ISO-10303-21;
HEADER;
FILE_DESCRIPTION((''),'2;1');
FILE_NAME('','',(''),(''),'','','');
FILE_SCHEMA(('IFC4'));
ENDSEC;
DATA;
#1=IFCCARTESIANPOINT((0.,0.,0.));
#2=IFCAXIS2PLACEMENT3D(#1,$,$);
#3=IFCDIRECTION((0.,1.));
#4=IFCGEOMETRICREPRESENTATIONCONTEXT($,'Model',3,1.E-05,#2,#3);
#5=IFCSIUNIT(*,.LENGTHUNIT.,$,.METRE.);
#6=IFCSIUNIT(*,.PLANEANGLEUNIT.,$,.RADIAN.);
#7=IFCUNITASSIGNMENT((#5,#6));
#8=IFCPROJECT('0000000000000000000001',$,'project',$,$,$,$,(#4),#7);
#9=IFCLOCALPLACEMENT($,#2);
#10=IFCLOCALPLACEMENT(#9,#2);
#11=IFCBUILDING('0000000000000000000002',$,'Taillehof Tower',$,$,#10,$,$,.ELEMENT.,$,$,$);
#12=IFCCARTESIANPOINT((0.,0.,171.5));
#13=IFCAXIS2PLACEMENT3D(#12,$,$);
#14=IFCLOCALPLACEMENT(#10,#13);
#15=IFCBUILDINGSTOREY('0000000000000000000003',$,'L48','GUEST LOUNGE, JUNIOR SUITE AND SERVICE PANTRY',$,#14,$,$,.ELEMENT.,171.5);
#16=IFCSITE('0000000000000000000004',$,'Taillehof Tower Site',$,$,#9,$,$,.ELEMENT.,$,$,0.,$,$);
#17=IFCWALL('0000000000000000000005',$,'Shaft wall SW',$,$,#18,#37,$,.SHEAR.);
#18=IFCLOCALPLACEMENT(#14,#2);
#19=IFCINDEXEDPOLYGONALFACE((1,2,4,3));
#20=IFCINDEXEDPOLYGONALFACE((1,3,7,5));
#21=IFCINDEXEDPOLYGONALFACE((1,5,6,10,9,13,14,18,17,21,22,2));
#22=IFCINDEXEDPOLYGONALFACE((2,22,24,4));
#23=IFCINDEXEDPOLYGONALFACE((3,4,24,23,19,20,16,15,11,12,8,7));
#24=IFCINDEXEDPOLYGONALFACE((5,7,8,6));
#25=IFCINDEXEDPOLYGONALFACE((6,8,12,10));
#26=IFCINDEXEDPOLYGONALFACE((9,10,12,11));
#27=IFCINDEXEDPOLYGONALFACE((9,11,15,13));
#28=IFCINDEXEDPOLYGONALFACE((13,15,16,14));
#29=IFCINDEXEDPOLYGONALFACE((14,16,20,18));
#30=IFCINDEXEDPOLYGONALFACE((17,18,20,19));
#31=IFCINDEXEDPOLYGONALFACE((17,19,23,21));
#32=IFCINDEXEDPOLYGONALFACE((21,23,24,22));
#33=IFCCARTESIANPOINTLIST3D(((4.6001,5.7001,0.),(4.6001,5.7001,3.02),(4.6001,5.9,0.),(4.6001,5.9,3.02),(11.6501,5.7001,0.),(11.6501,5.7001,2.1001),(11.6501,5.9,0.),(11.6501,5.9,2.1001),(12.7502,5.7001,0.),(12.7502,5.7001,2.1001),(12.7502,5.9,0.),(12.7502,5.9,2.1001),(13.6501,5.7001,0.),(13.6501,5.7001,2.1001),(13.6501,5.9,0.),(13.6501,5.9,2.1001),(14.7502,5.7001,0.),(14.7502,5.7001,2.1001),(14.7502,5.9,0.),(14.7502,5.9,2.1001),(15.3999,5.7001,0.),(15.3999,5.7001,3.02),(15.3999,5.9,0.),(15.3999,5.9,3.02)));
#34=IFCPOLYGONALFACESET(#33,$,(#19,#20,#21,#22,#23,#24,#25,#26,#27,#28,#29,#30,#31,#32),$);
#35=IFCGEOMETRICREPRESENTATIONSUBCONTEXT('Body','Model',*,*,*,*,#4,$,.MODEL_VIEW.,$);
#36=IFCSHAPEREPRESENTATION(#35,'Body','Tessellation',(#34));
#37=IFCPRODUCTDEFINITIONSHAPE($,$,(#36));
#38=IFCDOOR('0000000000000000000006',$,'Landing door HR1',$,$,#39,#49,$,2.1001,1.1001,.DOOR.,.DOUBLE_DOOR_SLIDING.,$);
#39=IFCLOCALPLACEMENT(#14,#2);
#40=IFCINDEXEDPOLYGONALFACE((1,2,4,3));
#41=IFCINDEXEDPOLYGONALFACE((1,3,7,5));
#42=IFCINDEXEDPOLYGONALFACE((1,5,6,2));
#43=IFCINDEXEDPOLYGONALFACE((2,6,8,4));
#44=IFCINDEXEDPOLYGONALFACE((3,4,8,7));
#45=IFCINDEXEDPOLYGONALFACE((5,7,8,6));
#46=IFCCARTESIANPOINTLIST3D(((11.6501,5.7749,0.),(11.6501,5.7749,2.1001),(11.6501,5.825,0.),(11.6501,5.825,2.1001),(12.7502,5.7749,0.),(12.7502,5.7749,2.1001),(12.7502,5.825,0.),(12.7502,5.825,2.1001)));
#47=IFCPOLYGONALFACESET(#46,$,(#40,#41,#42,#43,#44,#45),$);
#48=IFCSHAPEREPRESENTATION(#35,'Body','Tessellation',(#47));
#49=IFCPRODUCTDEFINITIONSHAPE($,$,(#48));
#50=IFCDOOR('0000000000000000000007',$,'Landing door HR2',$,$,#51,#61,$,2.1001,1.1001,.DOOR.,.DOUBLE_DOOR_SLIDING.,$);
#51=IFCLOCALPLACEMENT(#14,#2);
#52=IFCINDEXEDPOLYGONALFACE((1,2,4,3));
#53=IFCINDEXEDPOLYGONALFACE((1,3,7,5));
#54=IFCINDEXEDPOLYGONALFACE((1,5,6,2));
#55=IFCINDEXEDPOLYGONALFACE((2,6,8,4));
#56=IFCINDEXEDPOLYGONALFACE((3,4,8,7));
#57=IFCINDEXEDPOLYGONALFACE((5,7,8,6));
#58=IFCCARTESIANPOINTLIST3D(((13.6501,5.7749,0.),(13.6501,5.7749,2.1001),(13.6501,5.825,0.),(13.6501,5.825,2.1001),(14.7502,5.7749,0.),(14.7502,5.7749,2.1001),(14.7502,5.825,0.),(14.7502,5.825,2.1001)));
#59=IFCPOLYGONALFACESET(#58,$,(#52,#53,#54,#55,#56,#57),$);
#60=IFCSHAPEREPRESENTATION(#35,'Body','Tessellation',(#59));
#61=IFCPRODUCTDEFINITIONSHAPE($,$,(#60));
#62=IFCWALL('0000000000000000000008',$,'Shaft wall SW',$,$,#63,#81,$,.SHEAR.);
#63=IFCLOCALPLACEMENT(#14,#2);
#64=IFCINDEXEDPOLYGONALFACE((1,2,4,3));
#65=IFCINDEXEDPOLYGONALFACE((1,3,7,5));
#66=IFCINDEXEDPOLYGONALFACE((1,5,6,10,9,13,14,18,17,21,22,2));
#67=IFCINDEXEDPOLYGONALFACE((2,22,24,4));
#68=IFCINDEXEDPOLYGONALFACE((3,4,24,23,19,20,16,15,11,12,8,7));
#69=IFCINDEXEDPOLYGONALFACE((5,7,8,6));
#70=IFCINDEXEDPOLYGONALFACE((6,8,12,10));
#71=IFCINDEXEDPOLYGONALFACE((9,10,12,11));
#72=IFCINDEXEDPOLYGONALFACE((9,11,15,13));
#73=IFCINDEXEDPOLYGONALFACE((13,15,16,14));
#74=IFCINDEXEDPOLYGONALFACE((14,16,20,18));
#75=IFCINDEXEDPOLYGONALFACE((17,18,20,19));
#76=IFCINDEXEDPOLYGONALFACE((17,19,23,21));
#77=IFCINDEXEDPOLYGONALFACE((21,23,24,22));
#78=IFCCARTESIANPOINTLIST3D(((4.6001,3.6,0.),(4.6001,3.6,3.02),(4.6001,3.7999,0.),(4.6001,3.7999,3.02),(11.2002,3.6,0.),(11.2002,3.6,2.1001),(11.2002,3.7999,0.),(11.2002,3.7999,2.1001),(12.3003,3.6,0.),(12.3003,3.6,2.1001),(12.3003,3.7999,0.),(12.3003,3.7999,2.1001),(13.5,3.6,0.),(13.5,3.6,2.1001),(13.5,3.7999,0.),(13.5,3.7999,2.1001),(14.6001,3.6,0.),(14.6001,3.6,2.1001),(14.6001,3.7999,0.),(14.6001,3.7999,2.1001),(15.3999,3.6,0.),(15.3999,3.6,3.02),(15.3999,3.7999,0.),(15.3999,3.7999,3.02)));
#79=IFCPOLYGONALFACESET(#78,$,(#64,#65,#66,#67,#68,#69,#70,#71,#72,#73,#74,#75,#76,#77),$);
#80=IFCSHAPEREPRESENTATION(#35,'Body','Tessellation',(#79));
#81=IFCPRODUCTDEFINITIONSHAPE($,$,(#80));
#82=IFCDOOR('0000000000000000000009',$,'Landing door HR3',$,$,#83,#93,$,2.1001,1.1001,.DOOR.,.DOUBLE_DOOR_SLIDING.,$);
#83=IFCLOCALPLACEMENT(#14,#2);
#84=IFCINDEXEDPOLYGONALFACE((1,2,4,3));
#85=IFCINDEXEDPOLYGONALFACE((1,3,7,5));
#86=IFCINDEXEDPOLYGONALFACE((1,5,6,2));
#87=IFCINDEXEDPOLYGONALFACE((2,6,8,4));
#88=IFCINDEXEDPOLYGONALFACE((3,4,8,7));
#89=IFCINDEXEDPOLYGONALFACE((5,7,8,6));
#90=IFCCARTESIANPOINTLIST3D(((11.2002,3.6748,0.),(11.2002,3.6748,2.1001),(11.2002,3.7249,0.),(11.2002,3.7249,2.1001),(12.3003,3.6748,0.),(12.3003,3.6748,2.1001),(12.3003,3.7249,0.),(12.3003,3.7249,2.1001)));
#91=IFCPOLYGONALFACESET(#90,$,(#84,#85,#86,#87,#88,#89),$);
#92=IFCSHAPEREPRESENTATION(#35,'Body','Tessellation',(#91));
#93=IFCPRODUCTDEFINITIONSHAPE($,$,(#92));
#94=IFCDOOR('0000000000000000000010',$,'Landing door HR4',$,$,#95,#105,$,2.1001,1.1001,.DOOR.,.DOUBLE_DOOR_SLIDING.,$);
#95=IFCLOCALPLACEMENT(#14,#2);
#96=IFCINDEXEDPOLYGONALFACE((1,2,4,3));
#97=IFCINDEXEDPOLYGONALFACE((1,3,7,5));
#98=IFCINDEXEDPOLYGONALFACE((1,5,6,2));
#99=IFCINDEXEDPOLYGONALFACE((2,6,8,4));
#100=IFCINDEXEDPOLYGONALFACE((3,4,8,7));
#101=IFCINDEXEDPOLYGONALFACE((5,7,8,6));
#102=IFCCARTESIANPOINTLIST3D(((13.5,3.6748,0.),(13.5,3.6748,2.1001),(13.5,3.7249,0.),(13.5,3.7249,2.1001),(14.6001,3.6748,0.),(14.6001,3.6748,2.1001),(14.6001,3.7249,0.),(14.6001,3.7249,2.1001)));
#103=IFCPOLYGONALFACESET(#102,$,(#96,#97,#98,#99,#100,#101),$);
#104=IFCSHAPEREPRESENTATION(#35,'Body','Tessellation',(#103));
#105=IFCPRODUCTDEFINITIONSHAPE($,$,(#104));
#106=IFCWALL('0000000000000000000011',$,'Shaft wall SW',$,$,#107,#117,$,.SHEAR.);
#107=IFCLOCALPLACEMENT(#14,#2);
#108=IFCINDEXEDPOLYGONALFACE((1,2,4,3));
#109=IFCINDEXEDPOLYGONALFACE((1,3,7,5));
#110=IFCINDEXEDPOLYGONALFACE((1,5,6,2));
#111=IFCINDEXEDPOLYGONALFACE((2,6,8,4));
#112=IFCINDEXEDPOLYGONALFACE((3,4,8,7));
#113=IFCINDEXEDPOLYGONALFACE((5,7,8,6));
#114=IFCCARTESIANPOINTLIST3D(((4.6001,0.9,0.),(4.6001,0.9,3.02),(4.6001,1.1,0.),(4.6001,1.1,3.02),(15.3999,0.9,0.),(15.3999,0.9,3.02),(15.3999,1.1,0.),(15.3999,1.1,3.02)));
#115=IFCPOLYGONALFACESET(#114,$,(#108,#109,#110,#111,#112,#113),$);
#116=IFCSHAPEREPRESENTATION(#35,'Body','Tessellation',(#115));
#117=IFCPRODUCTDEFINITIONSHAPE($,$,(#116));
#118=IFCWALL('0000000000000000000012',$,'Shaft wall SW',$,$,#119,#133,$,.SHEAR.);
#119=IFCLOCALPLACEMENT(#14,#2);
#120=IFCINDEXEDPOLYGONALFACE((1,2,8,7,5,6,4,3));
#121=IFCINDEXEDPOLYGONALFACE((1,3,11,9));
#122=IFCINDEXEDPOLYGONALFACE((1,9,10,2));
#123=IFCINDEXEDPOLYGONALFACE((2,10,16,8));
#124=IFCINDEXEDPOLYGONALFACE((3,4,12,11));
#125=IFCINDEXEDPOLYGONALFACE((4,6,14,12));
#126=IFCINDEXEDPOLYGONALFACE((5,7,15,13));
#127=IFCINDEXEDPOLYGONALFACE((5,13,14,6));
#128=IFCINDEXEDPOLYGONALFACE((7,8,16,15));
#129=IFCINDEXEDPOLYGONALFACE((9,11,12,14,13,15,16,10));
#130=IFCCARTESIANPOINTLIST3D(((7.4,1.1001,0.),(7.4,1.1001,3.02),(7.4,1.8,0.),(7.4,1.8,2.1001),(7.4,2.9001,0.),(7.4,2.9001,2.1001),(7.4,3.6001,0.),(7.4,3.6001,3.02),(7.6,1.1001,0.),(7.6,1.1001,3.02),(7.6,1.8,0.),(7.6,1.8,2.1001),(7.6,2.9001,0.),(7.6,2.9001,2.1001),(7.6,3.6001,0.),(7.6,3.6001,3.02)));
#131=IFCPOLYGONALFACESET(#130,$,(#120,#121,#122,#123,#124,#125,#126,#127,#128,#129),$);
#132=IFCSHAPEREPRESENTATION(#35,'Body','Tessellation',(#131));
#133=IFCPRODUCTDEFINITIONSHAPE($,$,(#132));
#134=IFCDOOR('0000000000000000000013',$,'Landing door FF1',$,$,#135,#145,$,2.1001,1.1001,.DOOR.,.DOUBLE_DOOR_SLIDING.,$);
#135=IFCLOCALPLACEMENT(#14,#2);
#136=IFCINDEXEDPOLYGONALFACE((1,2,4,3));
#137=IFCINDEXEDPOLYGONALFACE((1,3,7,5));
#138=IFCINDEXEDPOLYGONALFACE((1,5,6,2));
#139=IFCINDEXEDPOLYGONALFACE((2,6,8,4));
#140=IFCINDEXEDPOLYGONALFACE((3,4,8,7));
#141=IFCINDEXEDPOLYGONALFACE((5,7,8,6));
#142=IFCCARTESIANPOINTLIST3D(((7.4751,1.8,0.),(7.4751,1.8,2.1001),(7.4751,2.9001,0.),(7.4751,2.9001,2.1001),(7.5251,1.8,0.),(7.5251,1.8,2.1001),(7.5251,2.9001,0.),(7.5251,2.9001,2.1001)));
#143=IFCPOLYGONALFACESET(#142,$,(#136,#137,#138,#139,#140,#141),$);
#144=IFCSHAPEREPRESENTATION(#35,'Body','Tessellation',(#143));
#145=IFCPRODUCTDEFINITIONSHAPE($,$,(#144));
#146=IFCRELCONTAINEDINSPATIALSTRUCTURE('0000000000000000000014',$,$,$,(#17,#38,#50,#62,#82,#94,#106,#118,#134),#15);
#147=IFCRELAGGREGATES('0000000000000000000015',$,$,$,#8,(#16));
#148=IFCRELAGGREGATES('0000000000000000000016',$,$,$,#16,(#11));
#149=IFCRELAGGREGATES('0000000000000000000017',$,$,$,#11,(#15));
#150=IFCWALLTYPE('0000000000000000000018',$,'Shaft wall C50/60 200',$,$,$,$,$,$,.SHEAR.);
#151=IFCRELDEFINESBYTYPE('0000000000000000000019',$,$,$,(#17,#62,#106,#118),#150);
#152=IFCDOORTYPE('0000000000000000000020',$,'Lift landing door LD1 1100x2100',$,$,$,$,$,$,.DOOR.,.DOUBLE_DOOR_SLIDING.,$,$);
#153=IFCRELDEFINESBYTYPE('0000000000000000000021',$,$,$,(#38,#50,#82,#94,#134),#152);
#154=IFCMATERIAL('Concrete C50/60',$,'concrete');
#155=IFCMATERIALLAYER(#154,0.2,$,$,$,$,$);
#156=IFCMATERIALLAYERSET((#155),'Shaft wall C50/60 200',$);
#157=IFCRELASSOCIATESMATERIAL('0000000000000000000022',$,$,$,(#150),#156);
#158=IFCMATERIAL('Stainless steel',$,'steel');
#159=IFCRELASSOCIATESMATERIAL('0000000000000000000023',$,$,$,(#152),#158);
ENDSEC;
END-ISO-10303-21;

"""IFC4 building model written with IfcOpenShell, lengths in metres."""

from ifc_helpers import new_model, si_unit, direction, frame, frame_2d, origin, place, context, subcontext, project, spatial, rectangle, extrude, material, layer, layer_set, type_object, element, fill, save


model = new_model("IFC4")

# Units and contexts
model_context = context("Model", 3, precision=1e-05, world=origin(), true_north=direction((0.0, 1.0)))
body_context = subcontext(model_context, "Body", "Model", "MODEL_VIEW")
ifc_project = project(units=[si_unit("LENGTHUNIT", "METRE"), si_unit("PLANEANGLEUNIT", "RADIAN")], contexts=[model_context])

# Site, building, storey
site_placement = place(None, origin())
site = spatial("IfcSite", under=ifc_project, at=site_placement, Name="Taillehof Tower Site", CompositionType="ELEMENT", RefElevation=0.0)
building_placement = place(site_placement, origin())
building = spatial("IfcBuilding", under=site, at=building_placement, Name="Taillehof Tower", CompositionType="ELEMENT")
storey_placement = place(building_placement, frame((0.0, 0.0, 171.5)))
storey = spatial("IfcBuildingStorey", under=building, at=storey_placement, Name="L48", Description="GUEST LOUNGE, JUNIOR SUITE AND SERVICE PANTRY", CompositionType="ELEMENT", Elevation=171.5)

# Walls, openings, doors
ifc_material_1 = material(Name="Concrete C50/60", Category="concrete")
ifc_layer_1 = layer(ifc_material_1, 0.2)
ifc_layer_set_1 = layer_set([ifc_layer_1], Name="Shaft wall C50/60 200")
wall_type_1 = type_object("IfcWallType", Name="Shaft wall C50/60 200", PredefinedType="SHEAR", material=ifc_layer_set_1)
wall_1_placement = place(storey_placement, frame((4.6001, 5.8, 0.0), z_axis=(0.0, 0.0, 1.0), x_axis=(1.0, 0.0, 0.0)))
wall_1 = element("IfcWall", 1, at=wall_1_placement, inside=storey, type_object=wall_type_1, Name="Shaft wall SW", PredefinedType="SHEAR", context=body_context, shape_type="SweptSolid", body=[
    extrude(rectangle(XDim=10.7998, YDim=0.2, at=frame_2d((5.3999, 0.0))), origin(), (0.0, 0.0, 1.0), 3.02),
])
opening_1_placement = place(wall_1_placement, frame((7.05, 0.0, 0.0)))
opening_1 = element("IfcOpeningElement", 2, at=opening_1_placement, cuts=wall_1, PredefinedType="OPENING", context=body_context, shape_type="SweptSolid", body=[
    extrude(rectangle(XDim=1.1001, YDim=2.1001, at=frame_2d((0.55, 1.05))), frame((0.0, 0.1099, 0.0), z_axis=(0.0, -1.0, 0.0), x_axis=(1.0, 0.0, 0.0)), (0.0, 0.0, 1.0), 0.22),
])
opening_2_placement = place(wall_1_placement, frame((9.05, 0.0, 0.0)))
opening_2 = element("IfcOpeningElement", 3, at=opening_2_placement, cuts=wall_1, PredefinedType="OPENING", context=body_context, shape_type="SweptSolid", body=[
    extrude(rectangle(XDim=1.1001, YDim=2.1001, at=frame_2d((0.55, 1.05))), frame((0.0, 0.1099, 0.0), z_axis=(0.0, -1.0, 0.0), x_axis=(1.0, 0.0, 0.0)), (0.0, 0.0, 1.0), 0.22),
])
ifc_material_2 = material(Name="Stainless steel", Category="steel")
door_type_1 = type_object("IfcDoorType", Name="Lift landing door LD1 1100x2100", OperationType="DOUBLE_DOOR_SLIDING", PredefinedType="DOOR", material=ifc_material_2)
door_1_placement = place(opening_1_placement, origin())
door_1 = element("IfcDoor", 4, at=door_1_placement, inside=storey, type_object=door_type_1, Name="Landing door HR1", OperationType="DOUBLE_DOOR_SLIDING", OverallHeight=2.1001, OverallWidth=1.1001, PredefinedType="DOOR", context=body_context, shape_type="SweptSolid", body=[
    extrude(rectangle(XDim=1.1001, YDim=2.1001, at=frame_2d((0.55, 1.05))), frame((0.0, 0.0249, 0.0), z_axis=(0.0, -1.0, 0.0), x_axis=(1.0, 0.0, 0.0)), (0.0, 0.0, 1.0), 0.05),
])
fill(opening_1, door_1)
door_2_placement = place(opening_2_placement, origin())
door_2 = element("IfcDoor", 5, at=door_2_placement, inside=storey, type_object=door_type_1, Name="Landing door HR2", OperationType="DOUBLE_DOOR_SLIDING", OverallHeight=2.1001, OverallWidth=1.1001, PredefinedType="DOOR", context=body_context, shape_type="SweptSolid", body=[
    extrude(rectangle(XDim=1.1001, YDim=2.1001, at=frame_2d((0.55, 1.05))), frame((0.0, 0.0249, 0.0), z_axis=(0.0, -1.0, 0.0), x_axis=(1.0, 0.0, 0.0)), (0.0, 0.0, 1.0), 0.05),
])
fill(opening_2, door_2)
wall_2_placement = place(storey_placement, frame((4.6001, 3.7, 0.0), z_axis=(0.0, 0.0, 1.0), x_axis=(1.0, 0.0, 0.0)))
wall_2 = element("IfcWall", 6, at=wall_2_placement, inside=storey, type_object=wall_type_1, Name="Shaft wall SW", PredefinedType="SHEAR", context=body_context, shape_type="SweptSolid", body=[
    extrude(rectangle(XDim=10.7998, YDim=0.2, at=frame_2d((5.3999, 0.0))), origin(), (0.0, 0.0, 1.0), 3.02),
])
opening_3_placement = place(wall_2_placement, frame((6.6001, 0.0, 0.0)))
opening_3 = element("IfcOpeningElement", 7, at=opening_3_placement, cuts=wall_2, PredefinedType="OPENING", context=body_context, shape_type="SweptSolid", body=[
    extrude(rectangle(XDim=1.1001, YDim=2.1001, at=frame_2d((0.55, 1.05))), frame((0.0, 0.1099, 0.0), z_axis=(0.0, -1.0, 0.0), x_axis=(1.0, 0.0, 0.0)), (0.0, 0.0, 1.0), 0.22),
])
opening_4_placement = place(wall_2_placement, frame((8.8999, 0.0, 0.0)))
opening_4 = element("IfcOpeningElement", 8, at=opening_4_placement, cuts=wall_2, PredefinedType="OPENING", context=body_context, shape_type="SweptSolid", body=[
    extrude(rectangle(XDim=1.1001, YDim=2.1001, at=frame_2d((0.55, 1.05))), frame((0.0, 0.1099, 0.0), z_axis=(0.0, -1.0, 0.0), x_axis=(1.0, 0.0, 0.0)), (0.0, 0.0, 1.0), 0.22),
])
door_3_placement = place(opening_3_placement, origin())
door_3 = element("IfcDoor", 9, at=door_3_placement, inside=storey, type_object=door_type_1, Name="Landing door HR3", OperationType="DOUBLE_DOOR_SLIDING", OverallHeight=2.1001, OverallWidth=1.1001, PredefinedType="DOOR", context=body_context, shape_type="SweptSolid", body=[
    extrude(rectangle(XDim=1.1001, YDim=2.1001, at=frame_2d((0.55, 1.05))), frame((0.0, 0.0249, 0.0), z_axis=(0.0, -1.0, 0.0), x_axis=(1.0, 0.0, 0.0)), (0.0, 0.0, 1.0), 0.05),
])
fill(opening_3, door_3)
door_4_placement = place(opening_4_placement, origin())
door_4 = element("IfcDoor", 10, at=door_4_placement, inside=storey, type_object=door_type_1, Name="Landing door HR4", OperationType="DOUBLE_DOOR_SLIDING", OverallHeight=2.1001, OverallWidth=1.1001, PredefinedType="DOOR", context=body_context, shape_type="SweptSolid", body=[
    extrude(rectangle(XDim=1.1001, YDim=2.1001, at=frame_2d((0.55, 1.05))), frame((0.0, 0.0249, 0.0), z_axis=(0.0, -1.0, 0.0), x_axis=(1.0, 0.0, 0.0)), (0.0, 0.0, 1.0), 0.05),
])
fill(opening_4, door_4)

# Wall
wall_3_placement = place(storey_placement, frame((4.6001, 1.0, 0.0), z_axis=(0.0, 0.0, 1.0), x_axis=(1.0, 0.0, 0.0)))
element("IfcWall", 11, at=wall_3_placement, inside=storey, type_object=wall_type_1, Name="Shaft wall SW", PredefinedType="SHEAR", context=body_context, shape_type="SweptSolid", body=[
    extrude(rectangle(XDim=10.7998, YDim=0.2, at=frame_2d((5.3999, 0.0))), origin(), (0.0, 0.0, 1.0), 3.02),
])

# Wall, opening, door
wall_4_placement = place(storey_placement, frame((7.5, 1.1001, 0.0), z_axis=(0.0, 0.0, 1.0), x_axis=(0.0, 1.0, 0.0)))
wall_4 = element("IfcWall", 12, at=wall_4_placement, inside=storey, type_object=wall_type_1, Name="Shaft wall SW", PredefinedType="SHEAR", context=body_context, shape_type="SweptSolid", body=[
    extrude(rectangle(XDim=2.5, YDim=0.2, at=frame_2d((1.25, 0.0))), origin(), (0.0, 0.0, 1.0), 3.02),
])
opening_5_placement = place(wall_4_placement, frame((0.7, 0.0, 0.0)))
opening_5 = element("IfcOpeningElement", 13, at=opening_5_placement, cuts=wall_4, PredefinedType="OPENING", context=body_context, shape_type="SweptSolid", body=[
    extrude(rectangle(XDim=1.1001, YDim=2.1001, at=frame_2d((0.55, 1.05))), frame((0.0, 0.1099, 0.0), z_axis=(0.0, -1.0, 0.0), x_axis=(1.0, 0.0, 0.0)), (0.0, 0.0, 1.0), 0.22),
])
door_5_placement = place(opening_5_placement, origin())
door_5 = element("IfcDoor", 14, at=door_5_placement, inside=storey, type_object=door_type_1, Name="Landing door FF1", OperationType="DOUBLE_DOOR_SLIDING", OverallHeight=2.1001, OverallWidth=1.1001, PredefinedType="DOOR", context=body_context, shape_type="SweptSolid", body=[
    extrude(rectangle(XDim=1.1001, YDim=2.1001, at=frame_2d((0.55, 1.05))), frame((0.0, 0.0249, 0.0), z_axis=(0.0, -1.0, 0.0), x_axis=(1.0, 0.0, 0.0)), (0.0, 0.0, 1.0), 0.05),
])
fill(opening_5, door_5)

save(model, "model.ifc")
